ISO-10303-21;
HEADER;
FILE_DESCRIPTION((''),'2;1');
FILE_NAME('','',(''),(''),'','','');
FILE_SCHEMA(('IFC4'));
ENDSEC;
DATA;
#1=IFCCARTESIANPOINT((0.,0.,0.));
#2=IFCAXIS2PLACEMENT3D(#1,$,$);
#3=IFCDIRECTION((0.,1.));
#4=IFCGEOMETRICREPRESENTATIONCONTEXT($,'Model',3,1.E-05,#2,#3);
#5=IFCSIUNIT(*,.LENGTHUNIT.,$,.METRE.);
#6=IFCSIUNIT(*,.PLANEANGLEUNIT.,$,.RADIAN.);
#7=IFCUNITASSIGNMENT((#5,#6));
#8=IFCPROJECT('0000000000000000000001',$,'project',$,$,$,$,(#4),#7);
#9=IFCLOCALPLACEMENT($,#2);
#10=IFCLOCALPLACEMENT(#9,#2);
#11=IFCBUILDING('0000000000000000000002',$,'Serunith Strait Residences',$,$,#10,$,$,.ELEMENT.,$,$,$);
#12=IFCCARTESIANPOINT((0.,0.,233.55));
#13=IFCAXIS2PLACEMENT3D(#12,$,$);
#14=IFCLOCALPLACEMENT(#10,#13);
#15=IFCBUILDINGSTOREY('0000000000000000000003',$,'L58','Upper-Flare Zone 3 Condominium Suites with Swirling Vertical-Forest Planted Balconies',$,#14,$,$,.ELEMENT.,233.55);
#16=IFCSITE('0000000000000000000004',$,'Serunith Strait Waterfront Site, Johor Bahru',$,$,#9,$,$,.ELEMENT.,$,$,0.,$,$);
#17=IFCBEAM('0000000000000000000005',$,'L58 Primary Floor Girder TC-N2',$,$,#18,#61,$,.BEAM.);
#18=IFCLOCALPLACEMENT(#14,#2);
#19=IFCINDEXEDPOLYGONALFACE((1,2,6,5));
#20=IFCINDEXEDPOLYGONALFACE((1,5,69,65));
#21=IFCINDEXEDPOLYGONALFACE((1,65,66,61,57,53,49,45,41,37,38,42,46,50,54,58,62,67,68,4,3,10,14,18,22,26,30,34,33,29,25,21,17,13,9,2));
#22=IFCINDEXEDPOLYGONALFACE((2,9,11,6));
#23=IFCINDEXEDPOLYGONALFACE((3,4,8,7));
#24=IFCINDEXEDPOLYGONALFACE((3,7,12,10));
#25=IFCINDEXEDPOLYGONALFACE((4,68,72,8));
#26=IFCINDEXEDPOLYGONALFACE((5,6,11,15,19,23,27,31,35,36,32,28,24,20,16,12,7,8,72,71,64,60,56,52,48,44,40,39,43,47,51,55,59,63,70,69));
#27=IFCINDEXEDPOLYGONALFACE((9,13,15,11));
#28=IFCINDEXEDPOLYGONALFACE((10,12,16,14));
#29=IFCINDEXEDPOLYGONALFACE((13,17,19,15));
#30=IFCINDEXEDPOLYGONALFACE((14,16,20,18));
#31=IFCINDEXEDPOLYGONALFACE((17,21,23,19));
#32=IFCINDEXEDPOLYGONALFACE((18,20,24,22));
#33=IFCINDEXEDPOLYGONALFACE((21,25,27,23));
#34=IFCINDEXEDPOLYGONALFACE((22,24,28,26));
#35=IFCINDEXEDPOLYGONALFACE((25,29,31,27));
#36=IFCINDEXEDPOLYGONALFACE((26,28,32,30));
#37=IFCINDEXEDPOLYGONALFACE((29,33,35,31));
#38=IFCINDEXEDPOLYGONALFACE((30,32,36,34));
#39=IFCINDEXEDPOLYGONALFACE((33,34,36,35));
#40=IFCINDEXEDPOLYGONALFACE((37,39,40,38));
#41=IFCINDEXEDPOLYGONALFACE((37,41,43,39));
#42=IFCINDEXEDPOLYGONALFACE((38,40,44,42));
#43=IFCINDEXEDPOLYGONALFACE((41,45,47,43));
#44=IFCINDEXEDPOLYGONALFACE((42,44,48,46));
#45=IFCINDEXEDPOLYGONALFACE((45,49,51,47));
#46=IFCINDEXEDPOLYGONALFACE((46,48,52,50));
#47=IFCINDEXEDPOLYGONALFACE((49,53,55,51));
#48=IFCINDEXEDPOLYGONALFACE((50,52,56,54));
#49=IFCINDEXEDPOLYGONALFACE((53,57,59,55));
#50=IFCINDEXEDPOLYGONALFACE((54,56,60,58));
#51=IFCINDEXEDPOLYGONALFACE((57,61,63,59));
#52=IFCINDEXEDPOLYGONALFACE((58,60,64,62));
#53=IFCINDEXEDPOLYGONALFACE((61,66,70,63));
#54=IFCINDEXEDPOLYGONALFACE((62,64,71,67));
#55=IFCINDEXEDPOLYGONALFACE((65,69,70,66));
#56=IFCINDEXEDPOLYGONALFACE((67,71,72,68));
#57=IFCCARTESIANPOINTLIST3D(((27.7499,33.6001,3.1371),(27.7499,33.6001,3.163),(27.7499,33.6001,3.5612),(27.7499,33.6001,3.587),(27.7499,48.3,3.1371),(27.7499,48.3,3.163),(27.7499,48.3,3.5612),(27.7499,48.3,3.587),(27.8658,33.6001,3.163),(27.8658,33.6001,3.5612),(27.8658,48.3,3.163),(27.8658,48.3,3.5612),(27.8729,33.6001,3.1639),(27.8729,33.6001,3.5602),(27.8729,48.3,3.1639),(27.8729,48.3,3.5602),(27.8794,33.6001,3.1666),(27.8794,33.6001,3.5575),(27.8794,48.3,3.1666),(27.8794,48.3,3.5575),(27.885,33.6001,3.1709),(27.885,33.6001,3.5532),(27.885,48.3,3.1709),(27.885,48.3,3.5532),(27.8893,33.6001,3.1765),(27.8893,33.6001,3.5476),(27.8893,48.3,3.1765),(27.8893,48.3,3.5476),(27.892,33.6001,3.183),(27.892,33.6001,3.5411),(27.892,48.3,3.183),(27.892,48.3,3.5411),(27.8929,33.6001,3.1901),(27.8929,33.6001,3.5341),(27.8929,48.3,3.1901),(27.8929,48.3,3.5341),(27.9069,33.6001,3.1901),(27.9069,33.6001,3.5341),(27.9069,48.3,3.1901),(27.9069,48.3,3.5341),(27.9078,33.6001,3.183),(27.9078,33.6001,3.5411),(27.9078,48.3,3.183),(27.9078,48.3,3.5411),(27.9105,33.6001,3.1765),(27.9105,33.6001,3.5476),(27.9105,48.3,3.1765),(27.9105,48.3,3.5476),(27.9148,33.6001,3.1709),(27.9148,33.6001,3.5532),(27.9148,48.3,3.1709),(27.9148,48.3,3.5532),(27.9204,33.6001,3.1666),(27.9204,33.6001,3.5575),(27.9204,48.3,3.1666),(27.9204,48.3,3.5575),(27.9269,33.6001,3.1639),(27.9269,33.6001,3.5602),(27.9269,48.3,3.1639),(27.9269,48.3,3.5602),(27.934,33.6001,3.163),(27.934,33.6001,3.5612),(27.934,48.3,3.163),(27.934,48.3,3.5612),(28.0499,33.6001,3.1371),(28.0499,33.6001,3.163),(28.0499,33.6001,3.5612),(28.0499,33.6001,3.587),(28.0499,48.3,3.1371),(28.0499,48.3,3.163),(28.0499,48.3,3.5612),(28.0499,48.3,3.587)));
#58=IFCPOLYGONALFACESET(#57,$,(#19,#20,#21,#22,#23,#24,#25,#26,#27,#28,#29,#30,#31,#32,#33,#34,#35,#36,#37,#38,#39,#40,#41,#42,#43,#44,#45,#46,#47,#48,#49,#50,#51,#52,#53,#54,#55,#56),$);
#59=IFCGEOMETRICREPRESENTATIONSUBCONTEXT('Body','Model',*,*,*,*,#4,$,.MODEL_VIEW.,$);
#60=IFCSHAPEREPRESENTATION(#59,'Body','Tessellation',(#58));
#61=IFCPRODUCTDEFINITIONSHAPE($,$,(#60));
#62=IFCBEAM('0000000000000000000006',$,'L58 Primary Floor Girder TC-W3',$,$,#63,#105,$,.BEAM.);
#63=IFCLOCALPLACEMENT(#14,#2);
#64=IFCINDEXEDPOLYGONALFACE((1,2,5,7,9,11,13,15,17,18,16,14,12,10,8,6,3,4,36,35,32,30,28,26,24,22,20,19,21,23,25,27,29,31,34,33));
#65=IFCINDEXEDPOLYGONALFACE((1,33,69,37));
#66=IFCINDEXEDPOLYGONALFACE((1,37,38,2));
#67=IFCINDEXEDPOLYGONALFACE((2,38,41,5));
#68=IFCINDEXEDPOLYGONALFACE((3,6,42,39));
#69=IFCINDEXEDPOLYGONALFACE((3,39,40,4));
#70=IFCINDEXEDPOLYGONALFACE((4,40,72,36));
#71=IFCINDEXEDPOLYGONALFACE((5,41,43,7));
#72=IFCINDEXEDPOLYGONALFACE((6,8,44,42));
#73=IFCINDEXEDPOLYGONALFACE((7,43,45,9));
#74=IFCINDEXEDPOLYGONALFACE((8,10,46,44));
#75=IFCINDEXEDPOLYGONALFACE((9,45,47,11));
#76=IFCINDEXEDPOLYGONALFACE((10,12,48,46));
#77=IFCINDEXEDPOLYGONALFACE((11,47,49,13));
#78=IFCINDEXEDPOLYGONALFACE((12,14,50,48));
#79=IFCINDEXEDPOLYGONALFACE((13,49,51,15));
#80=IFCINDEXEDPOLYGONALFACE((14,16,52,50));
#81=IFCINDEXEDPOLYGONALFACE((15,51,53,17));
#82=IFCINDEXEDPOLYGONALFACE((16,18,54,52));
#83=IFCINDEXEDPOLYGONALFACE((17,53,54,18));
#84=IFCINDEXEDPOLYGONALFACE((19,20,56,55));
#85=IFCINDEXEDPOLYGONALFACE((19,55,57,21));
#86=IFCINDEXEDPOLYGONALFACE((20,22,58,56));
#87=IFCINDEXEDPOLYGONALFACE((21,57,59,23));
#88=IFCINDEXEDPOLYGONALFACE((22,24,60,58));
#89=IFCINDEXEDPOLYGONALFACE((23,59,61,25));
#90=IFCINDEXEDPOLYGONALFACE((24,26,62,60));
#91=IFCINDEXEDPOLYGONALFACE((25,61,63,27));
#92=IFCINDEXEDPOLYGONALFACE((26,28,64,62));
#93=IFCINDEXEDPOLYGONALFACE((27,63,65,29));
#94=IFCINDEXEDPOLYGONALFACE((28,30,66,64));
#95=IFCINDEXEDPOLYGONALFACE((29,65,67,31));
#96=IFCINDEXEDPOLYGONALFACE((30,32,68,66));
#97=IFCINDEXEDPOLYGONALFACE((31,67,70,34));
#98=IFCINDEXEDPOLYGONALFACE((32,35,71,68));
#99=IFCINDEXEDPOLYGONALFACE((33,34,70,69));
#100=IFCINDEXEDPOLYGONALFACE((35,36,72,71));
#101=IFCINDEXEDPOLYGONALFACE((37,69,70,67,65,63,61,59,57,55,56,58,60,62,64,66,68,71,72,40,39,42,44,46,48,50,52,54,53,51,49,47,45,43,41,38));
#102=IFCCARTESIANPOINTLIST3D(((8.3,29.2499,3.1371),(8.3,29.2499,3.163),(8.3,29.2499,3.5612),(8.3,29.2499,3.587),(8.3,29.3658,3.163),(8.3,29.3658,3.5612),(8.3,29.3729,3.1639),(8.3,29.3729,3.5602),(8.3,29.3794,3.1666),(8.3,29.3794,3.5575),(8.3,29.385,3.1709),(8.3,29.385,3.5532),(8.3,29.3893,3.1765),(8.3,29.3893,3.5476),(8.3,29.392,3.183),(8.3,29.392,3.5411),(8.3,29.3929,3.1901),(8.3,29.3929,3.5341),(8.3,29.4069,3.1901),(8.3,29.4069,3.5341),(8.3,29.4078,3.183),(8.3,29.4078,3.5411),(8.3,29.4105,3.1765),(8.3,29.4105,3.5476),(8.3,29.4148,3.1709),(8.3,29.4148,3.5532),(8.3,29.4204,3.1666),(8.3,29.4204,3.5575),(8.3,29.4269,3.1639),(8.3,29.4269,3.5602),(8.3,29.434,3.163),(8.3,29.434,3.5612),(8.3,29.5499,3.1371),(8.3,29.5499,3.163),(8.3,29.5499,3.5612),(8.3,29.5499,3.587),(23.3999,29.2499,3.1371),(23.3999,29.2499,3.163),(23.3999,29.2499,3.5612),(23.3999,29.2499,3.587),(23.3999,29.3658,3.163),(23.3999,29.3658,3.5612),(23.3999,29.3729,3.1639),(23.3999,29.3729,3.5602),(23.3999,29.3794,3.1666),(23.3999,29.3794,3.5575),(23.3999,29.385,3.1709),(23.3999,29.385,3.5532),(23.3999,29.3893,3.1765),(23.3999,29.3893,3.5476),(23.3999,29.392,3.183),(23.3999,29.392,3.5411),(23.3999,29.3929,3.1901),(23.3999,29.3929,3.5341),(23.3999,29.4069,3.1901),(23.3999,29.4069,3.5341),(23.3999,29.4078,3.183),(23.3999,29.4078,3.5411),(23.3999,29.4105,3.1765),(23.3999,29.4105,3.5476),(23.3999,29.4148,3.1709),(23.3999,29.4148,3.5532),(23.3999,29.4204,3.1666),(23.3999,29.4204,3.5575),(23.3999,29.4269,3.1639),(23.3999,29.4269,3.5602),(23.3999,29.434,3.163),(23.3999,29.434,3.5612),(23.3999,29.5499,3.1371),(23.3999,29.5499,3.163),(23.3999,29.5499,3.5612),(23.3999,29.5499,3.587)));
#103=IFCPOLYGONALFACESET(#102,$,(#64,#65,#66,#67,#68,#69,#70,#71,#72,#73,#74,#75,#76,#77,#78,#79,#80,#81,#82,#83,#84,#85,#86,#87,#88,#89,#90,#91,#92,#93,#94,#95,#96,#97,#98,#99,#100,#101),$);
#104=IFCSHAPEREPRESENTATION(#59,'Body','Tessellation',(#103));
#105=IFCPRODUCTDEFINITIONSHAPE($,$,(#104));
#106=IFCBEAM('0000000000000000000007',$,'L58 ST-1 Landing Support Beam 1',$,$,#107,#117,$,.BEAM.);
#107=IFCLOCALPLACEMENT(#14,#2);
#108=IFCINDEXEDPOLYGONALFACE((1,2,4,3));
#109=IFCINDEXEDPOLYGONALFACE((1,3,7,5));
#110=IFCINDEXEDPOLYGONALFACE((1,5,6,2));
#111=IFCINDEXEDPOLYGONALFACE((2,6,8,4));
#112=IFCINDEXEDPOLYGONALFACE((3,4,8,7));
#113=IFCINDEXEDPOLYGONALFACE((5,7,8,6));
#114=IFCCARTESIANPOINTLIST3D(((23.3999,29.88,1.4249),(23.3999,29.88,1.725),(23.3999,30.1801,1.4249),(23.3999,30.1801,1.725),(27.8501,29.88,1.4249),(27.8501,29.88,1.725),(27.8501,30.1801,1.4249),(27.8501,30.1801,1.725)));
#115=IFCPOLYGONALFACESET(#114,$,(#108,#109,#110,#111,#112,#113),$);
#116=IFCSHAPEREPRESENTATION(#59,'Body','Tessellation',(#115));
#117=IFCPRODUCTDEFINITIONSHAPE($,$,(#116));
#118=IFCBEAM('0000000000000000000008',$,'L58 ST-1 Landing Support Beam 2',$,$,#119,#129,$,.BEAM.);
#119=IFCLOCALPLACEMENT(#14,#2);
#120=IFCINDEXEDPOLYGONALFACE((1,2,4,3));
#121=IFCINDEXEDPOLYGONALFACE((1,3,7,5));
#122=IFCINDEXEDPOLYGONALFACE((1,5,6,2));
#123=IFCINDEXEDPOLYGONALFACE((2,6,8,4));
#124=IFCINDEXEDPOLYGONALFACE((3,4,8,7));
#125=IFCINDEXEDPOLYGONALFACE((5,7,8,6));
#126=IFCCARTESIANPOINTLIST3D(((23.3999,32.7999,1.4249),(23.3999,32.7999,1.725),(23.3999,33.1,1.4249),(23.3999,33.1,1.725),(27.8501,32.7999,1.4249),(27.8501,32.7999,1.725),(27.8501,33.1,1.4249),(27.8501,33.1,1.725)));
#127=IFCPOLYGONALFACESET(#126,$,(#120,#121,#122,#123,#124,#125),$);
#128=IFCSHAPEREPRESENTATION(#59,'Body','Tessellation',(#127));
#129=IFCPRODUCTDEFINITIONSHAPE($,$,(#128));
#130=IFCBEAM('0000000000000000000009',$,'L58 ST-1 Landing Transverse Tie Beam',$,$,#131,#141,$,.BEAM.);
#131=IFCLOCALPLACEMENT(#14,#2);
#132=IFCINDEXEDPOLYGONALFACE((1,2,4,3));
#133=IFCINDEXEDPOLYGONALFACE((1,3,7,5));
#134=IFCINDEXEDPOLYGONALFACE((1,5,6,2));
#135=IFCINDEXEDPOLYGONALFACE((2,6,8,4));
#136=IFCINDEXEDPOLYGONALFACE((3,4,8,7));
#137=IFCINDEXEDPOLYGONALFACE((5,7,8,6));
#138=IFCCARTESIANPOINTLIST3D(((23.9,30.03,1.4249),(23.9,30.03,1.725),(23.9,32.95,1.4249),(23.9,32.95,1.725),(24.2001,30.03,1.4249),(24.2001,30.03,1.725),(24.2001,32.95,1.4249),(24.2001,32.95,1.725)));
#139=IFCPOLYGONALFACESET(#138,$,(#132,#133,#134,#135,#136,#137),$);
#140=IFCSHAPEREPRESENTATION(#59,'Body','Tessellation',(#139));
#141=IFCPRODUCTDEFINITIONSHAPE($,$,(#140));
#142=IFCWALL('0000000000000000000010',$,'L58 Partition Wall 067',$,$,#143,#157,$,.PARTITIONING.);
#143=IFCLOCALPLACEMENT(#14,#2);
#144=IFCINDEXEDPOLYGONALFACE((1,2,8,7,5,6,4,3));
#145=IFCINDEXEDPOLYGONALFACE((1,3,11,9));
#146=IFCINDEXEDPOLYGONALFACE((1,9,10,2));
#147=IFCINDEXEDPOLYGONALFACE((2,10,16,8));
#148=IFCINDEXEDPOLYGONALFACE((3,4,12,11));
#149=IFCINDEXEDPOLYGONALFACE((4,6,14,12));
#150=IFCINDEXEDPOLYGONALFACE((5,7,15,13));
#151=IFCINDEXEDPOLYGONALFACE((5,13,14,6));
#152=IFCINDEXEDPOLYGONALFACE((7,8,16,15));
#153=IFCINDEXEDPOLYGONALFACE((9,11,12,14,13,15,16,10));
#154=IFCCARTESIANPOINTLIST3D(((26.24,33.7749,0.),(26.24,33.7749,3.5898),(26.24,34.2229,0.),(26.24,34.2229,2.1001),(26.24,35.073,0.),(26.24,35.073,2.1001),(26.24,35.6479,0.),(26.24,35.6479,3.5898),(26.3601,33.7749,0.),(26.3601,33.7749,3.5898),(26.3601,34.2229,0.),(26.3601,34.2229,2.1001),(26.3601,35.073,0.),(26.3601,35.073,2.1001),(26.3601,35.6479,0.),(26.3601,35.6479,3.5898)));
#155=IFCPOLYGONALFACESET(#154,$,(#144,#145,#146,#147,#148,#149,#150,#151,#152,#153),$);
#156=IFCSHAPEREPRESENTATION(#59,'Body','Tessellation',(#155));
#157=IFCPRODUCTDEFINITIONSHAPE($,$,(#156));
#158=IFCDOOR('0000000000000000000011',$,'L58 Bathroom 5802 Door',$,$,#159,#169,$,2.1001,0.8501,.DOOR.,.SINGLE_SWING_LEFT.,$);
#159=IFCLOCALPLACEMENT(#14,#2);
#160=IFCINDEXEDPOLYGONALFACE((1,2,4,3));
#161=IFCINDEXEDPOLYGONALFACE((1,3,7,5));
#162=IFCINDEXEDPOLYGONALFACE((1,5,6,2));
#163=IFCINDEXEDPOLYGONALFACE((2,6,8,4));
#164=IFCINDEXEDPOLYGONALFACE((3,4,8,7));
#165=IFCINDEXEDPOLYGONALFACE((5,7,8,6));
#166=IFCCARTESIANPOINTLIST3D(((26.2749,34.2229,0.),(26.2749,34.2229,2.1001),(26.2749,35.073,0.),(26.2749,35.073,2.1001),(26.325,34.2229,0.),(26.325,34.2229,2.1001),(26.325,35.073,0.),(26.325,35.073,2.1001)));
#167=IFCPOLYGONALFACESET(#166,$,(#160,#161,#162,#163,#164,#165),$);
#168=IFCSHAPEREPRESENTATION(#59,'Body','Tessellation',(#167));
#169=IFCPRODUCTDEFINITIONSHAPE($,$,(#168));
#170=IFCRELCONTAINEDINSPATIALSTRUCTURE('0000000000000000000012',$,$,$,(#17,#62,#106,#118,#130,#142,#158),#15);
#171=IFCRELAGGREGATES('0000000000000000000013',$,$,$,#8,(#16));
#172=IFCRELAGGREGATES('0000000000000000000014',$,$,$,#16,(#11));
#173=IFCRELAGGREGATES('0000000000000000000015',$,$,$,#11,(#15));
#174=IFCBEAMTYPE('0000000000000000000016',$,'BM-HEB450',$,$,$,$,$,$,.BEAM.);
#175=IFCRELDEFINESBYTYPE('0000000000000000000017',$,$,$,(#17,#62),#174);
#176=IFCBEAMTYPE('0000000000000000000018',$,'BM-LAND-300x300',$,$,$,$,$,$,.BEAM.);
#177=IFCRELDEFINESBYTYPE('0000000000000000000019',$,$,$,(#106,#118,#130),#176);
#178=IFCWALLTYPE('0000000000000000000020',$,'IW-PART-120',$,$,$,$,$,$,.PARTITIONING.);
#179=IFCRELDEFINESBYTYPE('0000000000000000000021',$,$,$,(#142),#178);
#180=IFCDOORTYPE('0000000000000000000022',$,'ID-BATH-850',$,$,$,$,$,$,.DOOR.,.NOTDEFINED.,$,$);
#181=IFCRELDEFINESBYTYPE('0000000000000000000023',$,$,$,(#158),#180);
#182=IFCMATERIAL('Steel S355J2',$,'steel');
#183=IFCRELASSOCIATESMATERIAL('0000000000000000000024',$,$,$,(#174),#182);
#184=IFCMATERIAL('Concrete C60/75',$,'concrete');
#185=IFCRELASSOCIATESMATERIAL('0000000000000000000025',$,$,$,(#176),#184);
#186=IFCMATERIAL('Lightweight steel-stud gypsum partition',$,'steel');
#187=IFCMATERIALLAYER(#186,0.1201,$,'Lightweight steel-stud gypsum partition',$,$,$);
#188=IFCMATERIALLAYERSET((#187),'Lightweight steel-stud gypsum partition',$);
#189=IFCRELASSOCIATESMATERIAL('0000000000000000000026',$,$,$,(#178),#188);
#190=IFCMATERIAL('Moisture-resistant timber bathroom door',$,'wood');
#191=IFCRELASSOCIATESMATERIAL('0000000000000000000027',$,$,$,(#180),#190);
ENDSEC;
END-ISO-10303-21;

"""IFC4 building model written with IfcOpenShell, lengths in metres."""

from ifc_helpers import new_model, si_unit, direction, frame, frame_2d, origin, origin_2d, place, context, subcontext, project, spatial, rectangle, i_section, extrude, source, transform, mapped, material, layer, layer_set, material_profile, profile_set, type_object, element, fill, save


model = new_model("IFC4")

# Units and contexts
model_context = context("Model", 3, precision=1e-05, world=origin(), true_north=direction((0.0, 1.0)))
body_context = subcontext(model_context, "Body", "Model", "MODEL_VIEW")
ifc_project = project(units=[si_unit("LENGTHUNIT", "METRE"), si_unit("PLANEANGLEUNIT", "RADIAN")], contexts=[model_context])

# Site, building, storey
site_placement = place(None, origin())
site = spatial("IfcSite", under=ifc_project, at=site_placement, Name="Serunith Strait Waterfront Site, Johor Bahru", CompositionType="ELEMENT", RefElevation=0.0)
building_placement = place(site_placement, origin())
building = spatial("IfcBuilding", under=site, at=building_placement, Name="Serunith Strait Residences", CompositionType="ELEMENT")
storey_placement = place(building_placement, frame((0.0, 0.0, 233.55)))
storey = spatial("IfcBuildingStorey", under=building, at=storey_placement, Name="L58", Description="Upper-Flare Zone 3 Condominium Suites with Swirling Vertical-Forest Planted Balconies", CompositionType="ELEMENT", Elevation=233.55)

# Beams
ifc_material_1 = material(Name="Steel S355J2", Category="steel")
ifc_material_profile_1 = material_profile(ifc_material_1, i_section(OverallWidth=0.3, OverallDepth=0.45, WebThickness=0.0139, FlangeThickness=0.0259, FilletRadius=0.0271, at=origin_2d()), Name="HEB 450")
ifc_profile_set_1 = profile_set([ifc_material_profile_1], Name="Steel S355J2")
beam_type_1 = type_object("IfcBeamType", Name="BM-HEB450", PredefinedType="BEAM", material=ifc_profile_set_1)
shared_shape_1 = source(origin(), body_context, "Body", "SweptSolid", [
    extrude(i_section(OverallWidth=0.3, OverallDepth=0.45, WebThickness=0.0139, FlangeThickness=0.0259, FilletRadius=0.0271, at=origin_2d()), origin(), (0.0, 0.0, 1.0), 14.7),
])
beam_1_placement = place(storey_placement, frame((27.8999, 33.6001, 3.3621), z_axis=(0.0, 1.0, 0.0), x_axis=(-1.0, 0.0, 0.0)))
element("IfcBeam", 1, at=beam_1_placement, inside=storey, type_object=beam_type_1, Name="L58 Primary Floor Girder TC-N2", PredefinedType="BEAM", context=body_context, shape_type="MappedRepresentation", body=[
    mapped(shared_shape_1, transform((0.0, 0.0, 0.0), scale=1.0)),
])
shared_shape_2 = source(origin(), body_context, "Body", "SweptSolid", [
    extrude(i_section(OverallWidth=0.3, OverallDepth=0.45, WebThickness=0.0139, FlangeThickness=0.0259, FilletRadius=0.0271, at=origin_2d()), origin(), (0.0, 0.0, 1.0), 15.0999),
])
beam_2_placement = place(storey_placement, frame((23.3999, 29.3999, 3.3621), z_axis=(-1.0, 0.0, 0.0), x_axis=(0.0, -1.0, 0.0)))
element("IfcBeam", 2, at=beam_2_placement, inside=storey, type_object=beam_type_1, Name="L58 Primary Floor Girder TC-W3", PredefinedType="BEAM", context=body_context, shape_type="MappedRepresentation", body=[
    mapped(shared_shape_2, transform((0.0, 0.0, 0.0), scale=1.0)),
])
ifc_material_2 = material(Name="Concrete C60/75", Category="concrete")
ifc_material_profile_2 = material_profile(ifc_material_2, rectangle(XDim=0.3, YDim=0.3, at=origin_2d()), Name="RC 300x300")
ifc_profile_set_2 = profile_set([ifc_material_profile_2], Name="Concrete C60/75")
beam_type_2 = type_object("IfcBeamType", Name="BM-LAND-300x300", PredefinedType="BEAM", material=ifc_profile_set_2)
shared_shape_3 = source(origin(), body_context, "Body", "SweptSolid", [
    extrude(rectangle(XDim=0.3, YDim=0.3, at=origin_2d()), origin(), (0.0, 0.0, 1.0), 4.4502),
])
for number, where, z_axis, x_axis, name in (
    (3, (23.3999, 30.03, 1.575), (1.0, 0.0, 0.0), (0.0, 1.0, 0.0), "L58 ST-1 Landing Support Beam 1"),
    (4, (23.3999, 32.95, 1.575), (1.0, 0.0, 0.0), (0.0, 1.0, 0.0), "L58 ST-1 Landing Support Beam 2"),
):
    element("IfcBeam", number, at=place(storey_placement, frame(where, z_axis=z_axis, x_axis=x_axis)), inside=storey, type_object=beam_type_2, Name=name, PredefinedType="BEAM", context=body_context, shape_type="MappedRepresentation", body=[
        mapped(shared_shape_3, transform((0.0, 0.0, 0.0), scale=1.0)),
    ])
shared_shape_4 = source(origin(), body_context, "Body", "SweptSolid", [
    extrude(rectangle(XDim=0.3, YDim=0.3, at=origin_2d()), origin(), (0.0, 0.0, 1.0), 2.9199),
])
beam_3_placement = place(storey_placement, frame((24.05, 30.03, 1.575), z_axis=(0.0, 1.0, 0.0), x_axis=(-1.0, 0.0, 0.0)))
element("IfcBeam", 5, at=beam_3_placement, inside=storey, type_object=beam_type_2, Name="L58 ST-1 Landing Transverse Tie Beam", PredefinedType="BEAM", context=body_context, shape_type="MappedRepresentation", body=[
    mapped(shared_shape_4, transform((0.0, 0.0, 0.0), scale=1.0)),
])

# Wall, opening, door
ifc_material_3 = material(Name="Lightweight steel-stud gypsum partition", Category="steel")
ifc_layer_1 = layer(ifc_material_3, 0.1201, Name="Lightweight steel-stud gypsum partition")
ifc_layer_set_1 = layer_set([ifc_layer_1], Name="Lightweight steel-stud gypsum partition")
wall_type_1 = type_object("IfcWallType", Name="IW-PART-120", PredefinedType="PARTITIONING", material=ifc_layer_set_1)
wall_1_placement = place(storey_placement, frame((26.3, 35.6479, 0.0), z_axis=(0.0, 0.0, 1.0), x_axis=(0.0, -1.0, 0.0)))
wall_1 = element("IfcWall", 6, at=wall_1_placement, inside=storey, type_object=wall_type_1, Name="L58 Partition Wall 067", PredefinedType="PARTITIONING", context=body_context, shape_type="SweptSolid", body=[
    extrude(rectangle(XDim=1.873, YDim=0.1201, at=frame_2d((0.9365, 0.0))), origin(), (0.0, 0.0, 1.0), 3.5898),
])
opening_1_placement = place(wall_1_placement, frame((0.575, 0.0, 0.0)))
opening_1 = element("IfcOpeningElement", 7, at=opening_1_placement, cuts=wall_1, PredefinedType="OPENING", context=body_context, shape_type="SweptSolid", body=[
    extrude(rectangle(XDim=0.8501, YDim=2.1001, at=frame_2d((0.425, 1.05))), frame((0.0, 0.0701, 0.0), z_axis=(0.0, -1.0, 0.0), x_axis=(1.0, 0.0, 0.0)), (0.0, 0.0, 1.0), 0.1401),
])
ifc_material_4 = material(Name="Moisture-resistant timber bathroom door", Category="wood")
door_type_1 = type_object("IfcDoorType", Name="ID-BATH-850", OperationType="NOTDEFINED", PredefinedType="DOOR", material=ifc_material_4)
shared_shape_5 = source(origin(), body_context, "Body", "SweptSolid", [
    extrude(rectangle(XDim=0.8501, YDim=2.1001, at=frame_2d((0.425, 1.05))), frame((0.0, 0.0249, 0.0), z_axis=(0.0, -1.0, 0.0), x_axis=(1.0, 0.0, 0.0)), (0.0, 0.0, 1.0), 0.05),
])
door_1_placement = place(opening_1_placement, origin())
door_1 = element("IfcDoor", 8, at=door_1_placement, inside=storey, type_object=door_type_1, Name="L58 Bathroom 5802 Door", OperationType="SINGLE_SWING_LEFT", OverallHeight=2.1001, OverallWidth=0.8501, PredefinedType="DOOR", context=body_context, shape_type="MappedRepresentation", body=[
    mapped(shared_shape_5, transform((0.0, 0.0, 0.0), scale=1.0)),
])
fill(opening_1, door_1)

save(model, "model.ifc")
